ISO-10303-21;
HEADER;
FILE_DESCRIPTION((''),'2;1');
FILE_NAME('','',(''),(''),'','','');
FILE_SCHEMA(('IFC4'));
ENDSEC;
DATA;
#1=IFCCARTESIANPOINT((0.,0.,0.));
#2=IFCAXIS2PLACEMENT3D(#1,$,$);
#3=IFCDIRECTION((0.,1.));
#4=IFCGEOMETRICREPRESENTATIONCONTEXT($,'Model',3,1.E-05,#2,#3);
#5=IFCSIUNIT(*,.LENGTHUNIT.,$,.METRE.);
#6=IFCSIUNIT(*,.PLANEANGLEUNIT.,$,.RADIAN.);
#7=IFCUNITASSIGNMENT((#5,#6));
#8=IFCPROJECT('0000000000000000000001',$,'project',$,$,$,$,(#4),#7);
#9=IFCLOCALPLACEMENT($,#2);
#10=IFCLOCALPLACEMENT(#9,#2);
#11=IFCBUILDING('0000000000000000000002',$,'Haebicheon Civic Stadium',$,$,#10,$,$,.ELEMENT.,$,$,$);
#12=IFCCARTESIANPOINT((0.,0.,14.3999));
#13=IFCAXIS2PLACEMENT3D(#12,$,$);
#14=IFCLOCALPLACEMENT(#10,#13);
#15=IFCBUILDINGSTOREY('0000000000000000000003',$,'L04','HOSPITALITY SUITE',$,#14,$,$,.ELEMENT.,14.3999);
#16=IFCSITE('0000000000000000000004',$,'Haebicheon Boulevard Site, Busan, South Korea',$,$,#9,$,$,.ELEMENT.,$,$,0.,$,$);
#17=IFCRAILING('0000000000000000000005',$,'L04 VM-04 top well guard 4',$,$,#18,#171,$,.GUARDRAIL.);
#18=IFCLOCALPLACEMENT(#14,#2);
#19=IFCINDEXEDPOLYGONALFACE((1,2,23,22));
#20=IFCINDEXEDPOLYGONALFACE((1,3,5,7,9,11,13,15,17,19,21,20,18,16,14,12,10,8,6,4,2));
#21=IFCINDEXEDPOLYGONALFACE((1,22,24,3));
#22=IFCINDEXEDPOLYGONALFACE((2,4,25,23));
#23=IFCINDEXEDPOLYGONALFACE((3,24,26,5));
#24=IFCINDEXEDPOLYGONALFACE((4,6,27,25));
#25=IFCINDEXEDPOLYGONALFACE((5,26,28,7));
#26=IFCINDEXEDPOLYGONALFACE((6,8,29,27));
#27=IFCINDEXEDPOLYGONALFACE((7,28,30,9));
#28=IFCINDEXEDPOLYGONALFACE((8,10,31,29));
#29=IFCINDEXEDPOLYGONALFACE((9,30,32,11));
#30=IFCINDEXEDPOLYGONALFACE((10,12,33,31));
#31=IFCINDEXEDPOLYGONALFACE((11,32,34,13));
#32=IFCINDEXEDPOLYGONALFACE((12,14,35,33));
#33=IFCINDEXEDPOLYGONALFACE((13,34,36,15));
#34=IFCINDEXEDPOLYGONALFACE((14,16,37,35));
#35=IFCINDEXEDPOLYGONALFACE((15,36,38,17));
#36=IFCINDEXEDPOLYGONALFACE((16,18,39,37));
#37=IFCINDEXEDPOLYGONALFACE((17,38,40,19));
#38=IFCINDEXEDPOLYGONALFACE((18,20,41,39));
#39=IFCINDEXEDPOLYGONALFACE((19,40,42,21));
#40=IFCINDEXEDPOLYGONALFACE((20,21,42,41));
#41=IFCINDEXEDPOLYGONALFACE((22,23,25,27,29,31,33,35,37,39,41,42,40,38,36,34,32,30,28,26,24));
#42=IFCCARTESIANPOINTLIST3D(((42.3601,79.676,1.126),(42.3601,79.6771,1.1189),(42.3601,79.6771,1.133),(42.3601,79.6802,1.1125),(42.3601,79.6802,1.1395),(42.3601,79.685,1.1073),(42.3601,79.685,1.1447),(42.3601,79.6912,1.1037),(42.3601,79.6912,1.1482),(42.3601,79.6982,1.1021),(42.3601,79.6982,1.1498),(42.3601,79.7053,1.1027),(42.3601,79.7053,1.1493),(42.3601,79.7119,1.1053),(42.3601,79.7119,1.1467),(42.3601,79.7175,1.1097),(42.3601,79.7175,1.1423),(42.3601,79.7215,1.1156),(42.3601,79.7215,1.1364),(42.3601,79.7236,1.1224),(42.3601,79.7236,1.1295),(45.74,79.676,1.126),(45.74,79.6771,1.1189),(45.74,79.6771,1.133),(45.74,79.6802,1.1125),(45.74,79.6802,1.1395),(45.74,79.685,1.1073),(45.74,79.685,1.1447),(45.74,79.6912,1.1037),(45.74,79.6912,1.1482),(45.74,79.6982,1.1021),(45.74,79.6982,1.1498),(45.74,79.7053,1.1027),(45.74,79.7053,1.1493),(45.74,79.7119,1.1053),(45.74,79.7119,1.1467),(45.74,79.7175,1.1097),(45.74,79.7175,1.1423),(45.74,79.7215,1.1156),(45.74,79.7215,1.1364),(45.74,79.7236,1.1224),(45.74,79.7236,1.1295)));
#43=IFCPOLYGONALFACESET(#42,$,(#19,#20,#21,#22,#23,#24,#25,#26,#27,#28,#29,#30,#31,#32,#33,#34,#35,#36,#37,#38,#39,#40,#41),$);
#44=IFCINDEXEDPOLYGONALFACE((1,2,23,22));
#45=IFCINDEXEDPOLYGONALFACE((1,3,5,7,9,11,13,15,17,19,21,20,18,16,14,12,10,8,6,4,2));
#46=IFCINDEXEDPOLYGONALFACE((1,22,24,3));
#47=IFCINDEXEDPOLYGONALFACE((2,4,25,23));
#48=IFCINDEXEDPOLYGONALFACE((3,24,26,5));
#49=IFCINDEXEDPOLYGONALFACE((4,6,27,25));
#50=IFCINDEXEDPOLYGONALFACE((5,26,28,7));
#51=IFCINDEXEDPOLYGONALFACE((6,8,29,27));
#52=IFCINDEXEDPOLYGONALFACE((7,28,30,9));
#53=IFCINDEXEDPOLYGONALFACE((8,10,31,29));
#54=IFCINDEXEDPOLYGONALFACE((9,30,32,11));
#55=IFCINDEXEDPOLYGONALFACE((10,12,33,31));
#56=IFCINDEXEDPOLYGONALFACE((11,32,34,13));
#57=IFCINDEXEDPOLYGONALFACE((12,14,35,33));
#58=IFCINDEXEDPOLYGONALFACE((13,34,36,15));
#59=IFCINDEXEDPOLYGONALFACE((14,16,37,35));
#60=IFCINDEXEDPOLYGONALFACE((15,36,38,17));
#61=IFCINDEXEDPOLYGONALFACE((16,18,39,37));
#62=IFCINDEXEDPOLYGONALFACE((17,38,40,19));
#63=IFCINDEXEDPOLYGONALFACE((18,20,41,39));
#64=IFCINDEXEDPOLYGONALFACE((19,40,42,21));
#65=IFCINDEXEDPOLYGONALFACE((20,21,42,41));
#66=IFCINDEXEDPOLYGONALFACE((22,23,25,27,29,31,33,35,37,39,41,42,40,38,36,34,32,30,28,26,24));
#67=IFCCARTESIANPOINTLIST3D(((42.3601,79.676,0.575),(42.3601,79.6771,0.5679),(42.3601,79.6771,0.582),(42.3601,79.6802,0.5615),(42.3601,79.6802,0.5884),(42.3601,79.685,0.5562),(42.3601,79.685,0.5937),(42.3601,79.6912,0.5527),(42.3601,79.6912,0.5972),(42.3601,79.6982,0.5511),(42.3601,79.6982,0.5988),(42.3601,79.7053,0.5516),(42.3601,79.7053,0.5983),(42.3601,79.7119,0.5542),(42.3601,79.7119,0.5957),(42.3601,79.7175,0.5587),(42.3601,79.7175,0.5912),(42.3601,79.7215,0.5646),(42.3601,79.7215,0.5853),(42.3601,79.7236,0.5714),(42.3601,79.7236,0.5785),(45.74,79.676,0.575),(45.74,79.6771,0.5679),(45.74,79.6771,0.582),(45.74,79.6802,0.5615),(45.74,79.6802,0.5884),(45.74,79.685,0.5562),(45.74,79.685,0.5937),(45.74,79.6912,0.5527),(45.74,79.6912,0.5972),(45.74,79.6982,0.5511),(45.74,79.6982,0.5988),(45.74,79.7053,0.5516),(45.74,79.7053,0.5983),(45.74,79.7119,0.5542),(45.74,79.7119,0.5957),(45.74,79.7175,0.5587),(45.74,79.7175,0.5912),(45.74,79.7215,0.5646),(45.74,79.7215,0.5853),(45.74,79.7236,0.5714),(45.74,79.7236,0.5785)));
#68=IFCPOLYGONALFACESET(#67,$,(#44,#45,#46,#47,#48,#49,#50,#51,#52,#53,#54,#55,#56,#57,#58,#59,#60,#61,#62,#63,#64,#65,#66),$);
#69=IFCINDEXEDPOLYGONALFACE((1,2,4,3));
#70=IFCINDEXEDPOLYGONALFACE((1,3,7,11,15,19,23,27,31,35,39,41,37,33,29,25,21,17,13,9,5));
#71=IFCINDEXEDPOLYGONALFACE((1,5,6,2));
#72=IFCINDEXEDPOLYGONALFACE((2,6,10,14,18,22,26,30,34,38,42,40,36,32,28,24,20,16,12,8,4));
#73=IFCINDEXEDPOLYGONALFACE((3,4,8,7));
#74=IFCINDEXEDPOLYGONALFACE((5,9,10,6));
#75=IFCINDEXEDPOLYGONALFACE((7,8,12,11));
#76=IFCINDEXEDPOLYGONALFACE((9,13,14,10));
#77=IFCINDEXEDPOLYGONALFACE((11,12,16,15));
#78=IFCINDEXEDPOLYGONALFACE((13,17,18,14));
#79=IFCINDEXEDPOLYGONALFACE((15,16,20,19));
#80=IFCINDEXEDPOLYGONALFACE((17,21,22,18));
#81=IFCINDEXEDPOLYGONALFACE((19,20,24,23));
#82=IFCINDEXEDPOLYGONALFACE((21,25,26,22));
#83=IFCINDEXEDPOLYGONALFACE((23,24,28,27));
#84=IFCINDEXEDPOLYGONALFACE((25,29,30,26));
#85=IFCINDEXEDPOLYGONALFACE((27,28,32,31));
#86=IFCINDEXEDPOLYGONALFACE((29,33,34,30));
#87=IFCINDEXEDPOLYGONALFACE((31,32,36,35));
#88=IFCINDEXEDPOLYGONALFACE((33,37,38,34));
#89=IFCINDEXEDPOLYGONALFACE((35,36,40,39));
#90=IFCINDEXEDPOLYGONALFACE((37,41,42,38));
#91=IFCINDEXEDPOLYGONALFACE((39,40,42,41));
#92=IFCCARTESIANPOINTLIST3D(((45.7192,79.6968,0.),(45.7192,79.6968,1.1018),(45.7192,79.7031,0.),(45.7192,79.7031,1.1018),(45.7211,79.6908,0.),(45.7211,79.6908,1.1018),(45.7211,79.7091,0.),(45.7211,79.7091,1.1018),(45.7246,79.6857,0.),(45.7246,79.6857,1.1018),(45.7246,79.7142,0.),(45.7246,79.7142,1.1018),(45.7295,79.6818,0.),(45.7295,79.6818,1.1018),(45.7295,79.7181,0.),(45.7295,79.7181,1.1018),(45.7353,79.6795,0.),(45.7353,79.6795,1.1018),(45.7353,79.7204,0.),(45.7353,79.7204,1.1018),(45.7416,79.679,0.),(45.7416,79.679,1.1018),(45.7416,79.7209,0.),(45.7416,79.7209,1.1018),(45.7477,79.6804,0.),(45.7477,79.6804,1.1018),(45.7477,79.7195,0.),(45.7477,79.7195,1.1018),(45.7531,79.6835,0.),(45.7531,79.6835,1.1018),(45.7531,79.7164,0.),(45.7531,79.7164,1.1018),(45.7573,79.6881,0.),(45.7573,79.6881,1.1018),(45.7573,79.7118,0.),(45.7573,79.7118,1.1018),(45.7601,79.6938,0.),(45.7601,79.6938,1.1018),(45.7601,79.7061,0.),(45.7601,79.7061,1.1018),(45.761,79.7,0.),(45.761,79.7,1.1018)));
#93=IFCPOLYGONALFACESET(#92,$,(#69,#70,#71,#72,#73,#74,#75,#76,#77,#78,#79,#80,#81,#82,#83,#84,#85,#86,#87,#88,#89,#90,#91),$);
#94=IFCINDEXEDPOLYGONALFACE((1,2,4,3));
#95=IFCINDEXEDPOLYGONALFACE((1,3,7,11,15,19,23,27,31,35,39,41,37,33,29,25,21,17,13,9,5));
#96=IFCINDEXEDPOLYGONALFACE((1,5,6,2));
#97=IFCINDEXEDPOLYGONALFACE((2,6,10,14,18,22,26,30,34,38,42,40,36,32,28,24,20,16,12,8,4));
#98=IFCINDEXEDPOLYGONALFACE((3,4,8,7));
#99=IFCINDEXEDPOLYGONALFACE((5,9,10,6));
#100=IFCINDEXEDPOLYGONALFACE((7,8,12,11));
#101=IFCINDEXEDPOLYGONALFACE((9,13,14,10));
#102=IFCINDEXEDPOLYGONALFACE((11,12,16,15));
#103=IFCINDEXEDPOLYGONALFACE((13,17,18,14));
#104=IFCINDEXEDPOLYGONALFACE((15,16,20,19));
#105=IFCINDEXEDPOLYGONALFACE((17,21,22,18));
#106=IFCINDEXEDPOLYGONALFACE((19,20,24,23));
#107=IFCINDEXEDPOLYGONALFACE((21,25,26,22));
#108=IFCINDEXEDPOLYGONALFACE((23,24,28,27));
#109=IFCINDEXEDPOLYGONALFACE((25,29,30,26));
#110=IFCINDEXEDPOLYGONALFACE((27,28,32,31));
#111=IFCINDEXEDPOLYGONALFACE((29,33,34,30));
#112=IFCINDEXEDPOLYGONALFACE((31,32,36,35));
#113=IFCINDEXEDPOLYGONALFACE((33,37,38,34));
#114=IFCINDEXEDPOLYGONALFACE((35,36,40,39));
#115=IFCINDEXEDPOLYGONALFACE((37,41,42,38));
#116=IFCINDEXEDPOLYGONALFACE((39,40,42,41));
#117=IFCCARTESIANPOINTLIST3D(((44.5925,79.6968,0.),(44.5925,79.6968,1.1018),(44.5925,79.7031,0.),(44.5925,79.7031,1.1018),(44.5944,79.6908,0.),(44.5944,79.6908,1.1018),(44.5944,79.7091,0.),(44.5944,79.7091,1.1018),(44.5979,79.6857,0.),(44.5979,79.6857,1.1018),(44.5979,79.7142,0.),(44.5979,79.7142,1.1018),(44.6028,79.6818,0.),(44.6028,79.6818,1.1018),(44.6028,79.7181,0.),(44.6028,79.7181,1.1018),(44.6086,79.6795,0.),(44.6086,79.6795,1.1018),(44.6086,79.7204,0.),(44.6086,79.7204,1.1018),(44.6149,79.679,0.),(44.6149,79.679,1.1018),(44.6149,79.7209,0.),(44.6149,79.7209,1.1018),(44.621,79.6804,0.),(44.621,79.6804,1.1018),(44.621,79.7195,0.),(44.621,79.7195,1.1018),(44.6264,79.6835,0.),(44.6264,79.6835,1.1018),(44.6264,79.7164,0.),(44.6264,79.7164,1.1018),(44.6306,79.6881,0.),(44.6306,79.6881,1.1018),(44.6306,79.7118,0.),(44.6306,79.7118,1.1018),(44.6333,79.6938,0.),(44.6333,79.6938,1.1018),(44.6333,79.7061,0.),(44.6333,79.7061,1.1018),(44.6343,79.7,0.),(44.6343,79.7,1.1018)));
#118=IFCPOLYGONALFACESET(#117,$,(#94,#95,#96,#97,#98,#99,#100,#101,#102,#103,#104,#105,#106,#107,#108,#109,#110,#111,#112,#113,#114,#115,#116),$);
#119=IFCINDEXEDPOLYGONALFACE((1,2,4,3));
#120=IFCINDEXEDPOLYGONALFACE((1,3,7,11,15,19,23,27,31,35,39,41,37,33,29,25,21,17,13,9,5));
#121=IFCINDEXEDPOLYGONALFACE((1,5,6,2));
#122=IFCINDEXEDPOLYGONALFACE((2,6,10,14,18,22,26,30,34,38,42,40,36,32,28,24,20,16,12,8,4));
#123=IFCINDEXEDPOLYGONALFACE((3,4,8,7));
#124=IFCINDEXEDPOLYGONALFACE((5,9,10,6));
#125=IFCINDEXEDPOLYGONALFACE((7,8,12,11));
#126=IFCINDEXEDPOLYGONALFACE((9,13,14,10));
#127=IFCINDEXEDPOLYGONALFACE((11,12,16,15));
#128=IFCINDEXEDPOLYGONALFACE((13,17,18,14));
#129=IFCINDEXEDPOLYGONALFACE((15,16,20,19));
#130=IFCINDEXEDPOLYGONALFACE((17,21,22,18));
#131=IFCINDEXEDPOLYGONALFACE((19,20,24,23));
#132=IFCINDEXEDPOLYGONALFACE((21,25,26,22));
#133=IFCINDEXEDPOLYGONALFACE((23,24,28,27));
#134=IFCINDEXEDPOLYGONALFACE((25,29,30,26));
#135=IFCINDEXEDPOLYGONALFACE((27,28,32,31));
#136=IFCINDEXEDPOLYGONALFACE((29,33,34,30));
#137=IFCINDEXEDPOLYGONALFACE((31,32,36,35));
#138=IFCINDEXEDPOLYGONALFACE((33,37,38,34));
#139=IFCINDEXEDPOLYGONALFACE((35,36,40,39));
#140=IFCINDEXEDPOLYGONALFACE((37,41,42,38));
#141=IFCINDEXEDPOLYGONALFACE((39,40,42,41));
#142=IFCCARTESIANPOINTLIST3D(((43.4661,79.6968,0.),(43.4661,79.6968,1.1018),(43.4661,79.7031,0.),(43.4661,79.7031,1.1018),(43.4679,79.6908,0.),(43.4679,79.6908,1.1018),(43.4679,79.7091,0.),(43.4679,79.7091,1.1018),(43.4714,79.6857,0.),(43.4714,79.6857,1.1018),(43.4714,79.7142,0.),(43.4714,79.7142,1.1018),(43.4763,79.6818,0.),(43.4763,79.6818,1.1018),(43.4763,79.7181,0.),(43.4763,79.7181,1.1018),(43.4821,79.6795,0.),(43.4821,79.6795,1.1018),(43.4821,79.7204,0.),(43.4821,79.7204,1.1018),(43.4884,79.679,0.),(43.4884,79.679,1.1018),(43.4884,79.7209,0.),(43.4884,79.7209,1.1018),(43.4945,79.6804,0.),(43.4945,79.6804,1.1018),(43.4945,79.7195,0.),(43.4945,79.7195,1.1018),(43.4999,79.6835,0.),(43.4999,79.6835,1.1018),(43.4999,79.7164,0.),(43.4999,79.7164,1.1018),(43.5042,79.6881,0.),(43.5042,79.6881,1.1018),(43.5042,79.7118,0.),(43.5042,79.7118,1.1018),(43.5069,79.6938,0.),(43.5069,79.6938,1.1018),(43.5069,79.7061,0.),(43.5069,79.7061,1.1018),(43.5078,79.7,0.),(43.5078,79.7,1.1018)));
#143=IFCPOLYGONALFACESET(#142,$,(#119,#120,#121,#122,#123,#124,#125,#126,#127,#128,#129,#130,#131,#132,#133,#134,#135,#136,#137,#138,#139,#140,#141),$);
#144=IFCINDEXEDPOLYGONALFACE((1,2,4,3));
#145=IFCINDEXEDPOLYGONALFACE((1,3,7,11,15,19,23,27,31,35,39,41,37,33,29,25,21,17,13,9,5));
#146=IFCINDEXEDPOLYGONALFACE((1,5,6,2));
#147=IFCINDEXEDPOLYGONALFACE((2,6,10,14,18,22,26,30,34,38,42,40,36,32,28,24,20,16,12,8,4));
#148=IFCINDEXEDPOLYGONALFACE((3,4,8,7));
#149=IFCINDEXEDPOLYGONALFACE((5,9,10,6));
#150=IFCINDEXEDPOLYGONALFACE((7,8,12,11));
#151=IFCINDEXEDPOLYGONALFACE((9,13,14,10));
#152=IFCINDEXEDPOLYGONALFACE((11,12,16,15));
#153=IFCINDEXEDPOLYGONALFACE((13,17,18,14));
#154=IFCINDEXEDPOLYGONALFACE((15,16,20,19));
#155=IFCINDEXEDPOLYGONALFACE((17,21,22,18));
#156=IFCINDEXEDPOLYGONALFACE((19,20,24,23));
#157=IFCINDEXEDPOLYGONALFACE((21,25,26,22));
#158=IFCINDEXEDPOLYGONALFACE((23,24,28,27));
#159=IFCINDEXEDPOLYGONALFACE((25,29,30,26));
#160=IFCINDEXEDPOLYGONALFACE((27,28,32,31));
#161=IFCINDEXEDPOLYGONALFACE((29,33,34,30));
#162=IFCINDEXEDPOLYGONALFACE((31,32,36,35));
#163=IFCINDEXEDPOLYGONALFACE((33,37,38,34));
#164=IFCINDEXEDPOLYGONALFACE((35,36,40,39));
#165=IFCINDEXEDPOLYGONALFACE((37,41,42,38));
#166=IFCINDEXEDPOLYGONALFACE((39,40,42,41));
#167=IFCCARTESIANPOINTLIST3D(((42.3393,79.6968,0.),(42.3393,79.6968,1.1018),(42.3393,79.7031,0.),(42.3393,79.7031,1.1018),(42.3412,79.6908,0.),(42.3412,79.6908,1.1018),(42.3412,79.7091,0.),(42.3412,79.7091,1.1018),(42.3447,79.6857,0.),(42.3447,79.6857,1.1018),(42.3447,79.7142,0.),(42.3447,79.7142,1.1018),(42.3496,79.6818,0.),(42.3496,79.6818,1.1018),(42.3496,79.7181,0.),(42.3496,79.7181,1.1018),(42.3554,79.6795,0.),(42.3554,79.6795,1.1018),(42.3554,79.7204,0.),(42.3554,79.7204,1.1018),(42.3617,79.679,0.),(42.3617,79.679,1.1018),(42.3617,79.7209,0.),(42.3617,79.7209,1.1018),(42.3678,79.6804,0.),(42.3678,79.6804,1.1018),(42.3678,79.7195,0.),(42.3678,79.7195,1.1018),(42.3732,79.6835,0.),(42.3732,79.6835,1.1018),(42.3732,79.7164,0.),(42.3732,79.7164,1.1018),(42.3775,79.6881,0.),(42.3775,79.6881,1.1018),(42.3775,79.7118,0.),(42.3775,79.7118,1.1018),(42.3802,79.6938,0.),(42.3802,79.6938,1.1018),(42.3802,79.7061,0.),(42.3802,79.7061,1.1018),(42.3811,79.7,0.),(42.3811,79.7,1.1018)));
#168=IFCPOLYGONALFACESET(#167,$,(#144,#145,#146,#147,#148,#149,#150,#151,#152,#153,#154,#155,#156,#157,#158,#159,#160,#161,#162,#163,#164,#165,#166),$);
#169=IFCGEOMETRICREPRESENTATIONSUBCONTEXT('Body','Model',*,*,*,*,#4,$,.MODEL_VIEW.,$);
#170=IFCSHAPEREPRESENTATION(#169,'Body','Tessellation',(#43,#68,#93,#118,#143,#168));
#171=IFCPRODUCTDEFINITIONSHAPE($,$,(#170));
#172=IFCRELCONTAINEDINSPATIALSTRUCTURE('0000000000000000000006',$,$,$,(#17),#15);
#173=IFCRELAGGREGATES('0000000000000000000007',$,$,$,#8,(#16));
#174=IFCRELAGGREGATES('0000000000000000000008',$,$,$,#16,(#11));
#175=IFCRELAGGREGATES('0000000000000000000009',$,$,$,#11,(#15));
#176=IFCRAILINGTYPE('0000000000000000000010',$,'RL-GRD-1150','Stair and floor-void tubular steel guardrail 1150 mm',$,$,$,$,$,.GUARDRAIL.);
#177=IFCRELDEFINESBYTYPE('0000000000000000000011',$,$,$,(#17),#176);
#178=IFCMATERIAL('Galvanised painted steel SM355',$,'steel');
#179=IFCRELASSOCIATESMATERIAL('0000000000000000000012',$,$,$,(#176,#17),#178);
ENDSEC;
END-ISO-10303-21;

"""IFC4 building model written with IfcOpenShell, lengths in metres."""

from ifc_helpers import new_model, si_unit, direction, frame, origin, origin_2d, place, context, subcontext, project, spatial, circle, extrude, material, type_object, element, save


model = new_model("IFC4")

# Units and contexts
model_context = context("Model", 3, precision=1e-05, world=origin(), true_north=direction((0.0, 1.0)))
body_context = subcontext(model_context, "Body", "Model", "MODEL_VIEW")
ifc_project = project(units=[si_unit("LENGTHUNIT", "METRE"), si_unit("PLANEANGLEUNIT", "RADIAN")], contexts=[model_context])

# Site, building, storey
site_placement = place(None, origin())
site = spatial("IfcSite", under=ifc_project, at=site_placement, Name="Haebicheon Boulevard Site, Busan, South Korea", CompositionType="ELEMENT", RefElevation=0.0)
building_placement = place(site_placement, origin())
building = spatial("IfcBuilding", under=site, at=building_placement, Name="Haebicheon Civic Stadium", CompositionType="ELEMENT")
storey_placement = place(building_placement, frame((0.0, 0.0, 14.3999)))
storey = spatial("IfcBuildingStorey", under=building, at=storey_placement, Name="L04", Description="HOSPITALITY SUITE", CompositionType="ELEMENT", Elevation=14.3999)

# Railing
ifc_material_1 = material(Name="Galvanised painted steel SM355", Category="steel")
railing_type = type_object("IfcRailingType", Name="RL-GRD-1150", Description="Stair and floor-void tubular steel guardrail 1150 mm", PredefinedType="GUARDRAIL", material=ifc_material_1)
railing_1_placement = place(storey_placement, frame((45.74, 79.7, 0.0)))
element("IfcRailing", 1, at=railing_1_placement, inside=storey, type_object=railing_type, material=ifc_material_1, Name="L04 VM-04 top well guard 4", PredefinedType="GUARDRAIL", context=body_context, shape_type="SweptSolid", body=[
    extrude(circle(Radius=0.0239, at=origin_2d()), frame((0.0, 0.0, 1.126), z_axis=(-1.0, 0.0, 0.0), x_axis=(0.0, -1.0, 0.0)), (0.0, 0.0, 1.0), 3.3799),
    extrude(circle(Radius=0.0239, at=origin_2d()), frame((0.0, 0.0, 0.575), z_axis=(-1.0, 0.0, 0.0), x_axis=(0.0, -1.0, 0.0)), (0.0, 0.0, 1.0), 3.3799),
    extrude(circle(Radius=0.021, at=origin_2d()), origin(), (0.0, 0.0, 1.0), 1.1018),
    extrude(circle(Radius=0.021, at=origin_2d()), frame((-1.1267, 0.0, 0.0)), (0.0, 0.0, 1.0), 1.1018),
    extrude(circle(Radius=0.021, at=origin_2d()), frame((-2.2532, 0.0, 0.0)), (0.0, 0.0, 1.0), 1.1018),
    extrude(circle(Radius=0.021, at=origin_2d()), frame((-3.3799, 0.0, 0.0)), (0.0, 0.0, 1.0), 1.1018),
])

save(model, "model.ifc")
